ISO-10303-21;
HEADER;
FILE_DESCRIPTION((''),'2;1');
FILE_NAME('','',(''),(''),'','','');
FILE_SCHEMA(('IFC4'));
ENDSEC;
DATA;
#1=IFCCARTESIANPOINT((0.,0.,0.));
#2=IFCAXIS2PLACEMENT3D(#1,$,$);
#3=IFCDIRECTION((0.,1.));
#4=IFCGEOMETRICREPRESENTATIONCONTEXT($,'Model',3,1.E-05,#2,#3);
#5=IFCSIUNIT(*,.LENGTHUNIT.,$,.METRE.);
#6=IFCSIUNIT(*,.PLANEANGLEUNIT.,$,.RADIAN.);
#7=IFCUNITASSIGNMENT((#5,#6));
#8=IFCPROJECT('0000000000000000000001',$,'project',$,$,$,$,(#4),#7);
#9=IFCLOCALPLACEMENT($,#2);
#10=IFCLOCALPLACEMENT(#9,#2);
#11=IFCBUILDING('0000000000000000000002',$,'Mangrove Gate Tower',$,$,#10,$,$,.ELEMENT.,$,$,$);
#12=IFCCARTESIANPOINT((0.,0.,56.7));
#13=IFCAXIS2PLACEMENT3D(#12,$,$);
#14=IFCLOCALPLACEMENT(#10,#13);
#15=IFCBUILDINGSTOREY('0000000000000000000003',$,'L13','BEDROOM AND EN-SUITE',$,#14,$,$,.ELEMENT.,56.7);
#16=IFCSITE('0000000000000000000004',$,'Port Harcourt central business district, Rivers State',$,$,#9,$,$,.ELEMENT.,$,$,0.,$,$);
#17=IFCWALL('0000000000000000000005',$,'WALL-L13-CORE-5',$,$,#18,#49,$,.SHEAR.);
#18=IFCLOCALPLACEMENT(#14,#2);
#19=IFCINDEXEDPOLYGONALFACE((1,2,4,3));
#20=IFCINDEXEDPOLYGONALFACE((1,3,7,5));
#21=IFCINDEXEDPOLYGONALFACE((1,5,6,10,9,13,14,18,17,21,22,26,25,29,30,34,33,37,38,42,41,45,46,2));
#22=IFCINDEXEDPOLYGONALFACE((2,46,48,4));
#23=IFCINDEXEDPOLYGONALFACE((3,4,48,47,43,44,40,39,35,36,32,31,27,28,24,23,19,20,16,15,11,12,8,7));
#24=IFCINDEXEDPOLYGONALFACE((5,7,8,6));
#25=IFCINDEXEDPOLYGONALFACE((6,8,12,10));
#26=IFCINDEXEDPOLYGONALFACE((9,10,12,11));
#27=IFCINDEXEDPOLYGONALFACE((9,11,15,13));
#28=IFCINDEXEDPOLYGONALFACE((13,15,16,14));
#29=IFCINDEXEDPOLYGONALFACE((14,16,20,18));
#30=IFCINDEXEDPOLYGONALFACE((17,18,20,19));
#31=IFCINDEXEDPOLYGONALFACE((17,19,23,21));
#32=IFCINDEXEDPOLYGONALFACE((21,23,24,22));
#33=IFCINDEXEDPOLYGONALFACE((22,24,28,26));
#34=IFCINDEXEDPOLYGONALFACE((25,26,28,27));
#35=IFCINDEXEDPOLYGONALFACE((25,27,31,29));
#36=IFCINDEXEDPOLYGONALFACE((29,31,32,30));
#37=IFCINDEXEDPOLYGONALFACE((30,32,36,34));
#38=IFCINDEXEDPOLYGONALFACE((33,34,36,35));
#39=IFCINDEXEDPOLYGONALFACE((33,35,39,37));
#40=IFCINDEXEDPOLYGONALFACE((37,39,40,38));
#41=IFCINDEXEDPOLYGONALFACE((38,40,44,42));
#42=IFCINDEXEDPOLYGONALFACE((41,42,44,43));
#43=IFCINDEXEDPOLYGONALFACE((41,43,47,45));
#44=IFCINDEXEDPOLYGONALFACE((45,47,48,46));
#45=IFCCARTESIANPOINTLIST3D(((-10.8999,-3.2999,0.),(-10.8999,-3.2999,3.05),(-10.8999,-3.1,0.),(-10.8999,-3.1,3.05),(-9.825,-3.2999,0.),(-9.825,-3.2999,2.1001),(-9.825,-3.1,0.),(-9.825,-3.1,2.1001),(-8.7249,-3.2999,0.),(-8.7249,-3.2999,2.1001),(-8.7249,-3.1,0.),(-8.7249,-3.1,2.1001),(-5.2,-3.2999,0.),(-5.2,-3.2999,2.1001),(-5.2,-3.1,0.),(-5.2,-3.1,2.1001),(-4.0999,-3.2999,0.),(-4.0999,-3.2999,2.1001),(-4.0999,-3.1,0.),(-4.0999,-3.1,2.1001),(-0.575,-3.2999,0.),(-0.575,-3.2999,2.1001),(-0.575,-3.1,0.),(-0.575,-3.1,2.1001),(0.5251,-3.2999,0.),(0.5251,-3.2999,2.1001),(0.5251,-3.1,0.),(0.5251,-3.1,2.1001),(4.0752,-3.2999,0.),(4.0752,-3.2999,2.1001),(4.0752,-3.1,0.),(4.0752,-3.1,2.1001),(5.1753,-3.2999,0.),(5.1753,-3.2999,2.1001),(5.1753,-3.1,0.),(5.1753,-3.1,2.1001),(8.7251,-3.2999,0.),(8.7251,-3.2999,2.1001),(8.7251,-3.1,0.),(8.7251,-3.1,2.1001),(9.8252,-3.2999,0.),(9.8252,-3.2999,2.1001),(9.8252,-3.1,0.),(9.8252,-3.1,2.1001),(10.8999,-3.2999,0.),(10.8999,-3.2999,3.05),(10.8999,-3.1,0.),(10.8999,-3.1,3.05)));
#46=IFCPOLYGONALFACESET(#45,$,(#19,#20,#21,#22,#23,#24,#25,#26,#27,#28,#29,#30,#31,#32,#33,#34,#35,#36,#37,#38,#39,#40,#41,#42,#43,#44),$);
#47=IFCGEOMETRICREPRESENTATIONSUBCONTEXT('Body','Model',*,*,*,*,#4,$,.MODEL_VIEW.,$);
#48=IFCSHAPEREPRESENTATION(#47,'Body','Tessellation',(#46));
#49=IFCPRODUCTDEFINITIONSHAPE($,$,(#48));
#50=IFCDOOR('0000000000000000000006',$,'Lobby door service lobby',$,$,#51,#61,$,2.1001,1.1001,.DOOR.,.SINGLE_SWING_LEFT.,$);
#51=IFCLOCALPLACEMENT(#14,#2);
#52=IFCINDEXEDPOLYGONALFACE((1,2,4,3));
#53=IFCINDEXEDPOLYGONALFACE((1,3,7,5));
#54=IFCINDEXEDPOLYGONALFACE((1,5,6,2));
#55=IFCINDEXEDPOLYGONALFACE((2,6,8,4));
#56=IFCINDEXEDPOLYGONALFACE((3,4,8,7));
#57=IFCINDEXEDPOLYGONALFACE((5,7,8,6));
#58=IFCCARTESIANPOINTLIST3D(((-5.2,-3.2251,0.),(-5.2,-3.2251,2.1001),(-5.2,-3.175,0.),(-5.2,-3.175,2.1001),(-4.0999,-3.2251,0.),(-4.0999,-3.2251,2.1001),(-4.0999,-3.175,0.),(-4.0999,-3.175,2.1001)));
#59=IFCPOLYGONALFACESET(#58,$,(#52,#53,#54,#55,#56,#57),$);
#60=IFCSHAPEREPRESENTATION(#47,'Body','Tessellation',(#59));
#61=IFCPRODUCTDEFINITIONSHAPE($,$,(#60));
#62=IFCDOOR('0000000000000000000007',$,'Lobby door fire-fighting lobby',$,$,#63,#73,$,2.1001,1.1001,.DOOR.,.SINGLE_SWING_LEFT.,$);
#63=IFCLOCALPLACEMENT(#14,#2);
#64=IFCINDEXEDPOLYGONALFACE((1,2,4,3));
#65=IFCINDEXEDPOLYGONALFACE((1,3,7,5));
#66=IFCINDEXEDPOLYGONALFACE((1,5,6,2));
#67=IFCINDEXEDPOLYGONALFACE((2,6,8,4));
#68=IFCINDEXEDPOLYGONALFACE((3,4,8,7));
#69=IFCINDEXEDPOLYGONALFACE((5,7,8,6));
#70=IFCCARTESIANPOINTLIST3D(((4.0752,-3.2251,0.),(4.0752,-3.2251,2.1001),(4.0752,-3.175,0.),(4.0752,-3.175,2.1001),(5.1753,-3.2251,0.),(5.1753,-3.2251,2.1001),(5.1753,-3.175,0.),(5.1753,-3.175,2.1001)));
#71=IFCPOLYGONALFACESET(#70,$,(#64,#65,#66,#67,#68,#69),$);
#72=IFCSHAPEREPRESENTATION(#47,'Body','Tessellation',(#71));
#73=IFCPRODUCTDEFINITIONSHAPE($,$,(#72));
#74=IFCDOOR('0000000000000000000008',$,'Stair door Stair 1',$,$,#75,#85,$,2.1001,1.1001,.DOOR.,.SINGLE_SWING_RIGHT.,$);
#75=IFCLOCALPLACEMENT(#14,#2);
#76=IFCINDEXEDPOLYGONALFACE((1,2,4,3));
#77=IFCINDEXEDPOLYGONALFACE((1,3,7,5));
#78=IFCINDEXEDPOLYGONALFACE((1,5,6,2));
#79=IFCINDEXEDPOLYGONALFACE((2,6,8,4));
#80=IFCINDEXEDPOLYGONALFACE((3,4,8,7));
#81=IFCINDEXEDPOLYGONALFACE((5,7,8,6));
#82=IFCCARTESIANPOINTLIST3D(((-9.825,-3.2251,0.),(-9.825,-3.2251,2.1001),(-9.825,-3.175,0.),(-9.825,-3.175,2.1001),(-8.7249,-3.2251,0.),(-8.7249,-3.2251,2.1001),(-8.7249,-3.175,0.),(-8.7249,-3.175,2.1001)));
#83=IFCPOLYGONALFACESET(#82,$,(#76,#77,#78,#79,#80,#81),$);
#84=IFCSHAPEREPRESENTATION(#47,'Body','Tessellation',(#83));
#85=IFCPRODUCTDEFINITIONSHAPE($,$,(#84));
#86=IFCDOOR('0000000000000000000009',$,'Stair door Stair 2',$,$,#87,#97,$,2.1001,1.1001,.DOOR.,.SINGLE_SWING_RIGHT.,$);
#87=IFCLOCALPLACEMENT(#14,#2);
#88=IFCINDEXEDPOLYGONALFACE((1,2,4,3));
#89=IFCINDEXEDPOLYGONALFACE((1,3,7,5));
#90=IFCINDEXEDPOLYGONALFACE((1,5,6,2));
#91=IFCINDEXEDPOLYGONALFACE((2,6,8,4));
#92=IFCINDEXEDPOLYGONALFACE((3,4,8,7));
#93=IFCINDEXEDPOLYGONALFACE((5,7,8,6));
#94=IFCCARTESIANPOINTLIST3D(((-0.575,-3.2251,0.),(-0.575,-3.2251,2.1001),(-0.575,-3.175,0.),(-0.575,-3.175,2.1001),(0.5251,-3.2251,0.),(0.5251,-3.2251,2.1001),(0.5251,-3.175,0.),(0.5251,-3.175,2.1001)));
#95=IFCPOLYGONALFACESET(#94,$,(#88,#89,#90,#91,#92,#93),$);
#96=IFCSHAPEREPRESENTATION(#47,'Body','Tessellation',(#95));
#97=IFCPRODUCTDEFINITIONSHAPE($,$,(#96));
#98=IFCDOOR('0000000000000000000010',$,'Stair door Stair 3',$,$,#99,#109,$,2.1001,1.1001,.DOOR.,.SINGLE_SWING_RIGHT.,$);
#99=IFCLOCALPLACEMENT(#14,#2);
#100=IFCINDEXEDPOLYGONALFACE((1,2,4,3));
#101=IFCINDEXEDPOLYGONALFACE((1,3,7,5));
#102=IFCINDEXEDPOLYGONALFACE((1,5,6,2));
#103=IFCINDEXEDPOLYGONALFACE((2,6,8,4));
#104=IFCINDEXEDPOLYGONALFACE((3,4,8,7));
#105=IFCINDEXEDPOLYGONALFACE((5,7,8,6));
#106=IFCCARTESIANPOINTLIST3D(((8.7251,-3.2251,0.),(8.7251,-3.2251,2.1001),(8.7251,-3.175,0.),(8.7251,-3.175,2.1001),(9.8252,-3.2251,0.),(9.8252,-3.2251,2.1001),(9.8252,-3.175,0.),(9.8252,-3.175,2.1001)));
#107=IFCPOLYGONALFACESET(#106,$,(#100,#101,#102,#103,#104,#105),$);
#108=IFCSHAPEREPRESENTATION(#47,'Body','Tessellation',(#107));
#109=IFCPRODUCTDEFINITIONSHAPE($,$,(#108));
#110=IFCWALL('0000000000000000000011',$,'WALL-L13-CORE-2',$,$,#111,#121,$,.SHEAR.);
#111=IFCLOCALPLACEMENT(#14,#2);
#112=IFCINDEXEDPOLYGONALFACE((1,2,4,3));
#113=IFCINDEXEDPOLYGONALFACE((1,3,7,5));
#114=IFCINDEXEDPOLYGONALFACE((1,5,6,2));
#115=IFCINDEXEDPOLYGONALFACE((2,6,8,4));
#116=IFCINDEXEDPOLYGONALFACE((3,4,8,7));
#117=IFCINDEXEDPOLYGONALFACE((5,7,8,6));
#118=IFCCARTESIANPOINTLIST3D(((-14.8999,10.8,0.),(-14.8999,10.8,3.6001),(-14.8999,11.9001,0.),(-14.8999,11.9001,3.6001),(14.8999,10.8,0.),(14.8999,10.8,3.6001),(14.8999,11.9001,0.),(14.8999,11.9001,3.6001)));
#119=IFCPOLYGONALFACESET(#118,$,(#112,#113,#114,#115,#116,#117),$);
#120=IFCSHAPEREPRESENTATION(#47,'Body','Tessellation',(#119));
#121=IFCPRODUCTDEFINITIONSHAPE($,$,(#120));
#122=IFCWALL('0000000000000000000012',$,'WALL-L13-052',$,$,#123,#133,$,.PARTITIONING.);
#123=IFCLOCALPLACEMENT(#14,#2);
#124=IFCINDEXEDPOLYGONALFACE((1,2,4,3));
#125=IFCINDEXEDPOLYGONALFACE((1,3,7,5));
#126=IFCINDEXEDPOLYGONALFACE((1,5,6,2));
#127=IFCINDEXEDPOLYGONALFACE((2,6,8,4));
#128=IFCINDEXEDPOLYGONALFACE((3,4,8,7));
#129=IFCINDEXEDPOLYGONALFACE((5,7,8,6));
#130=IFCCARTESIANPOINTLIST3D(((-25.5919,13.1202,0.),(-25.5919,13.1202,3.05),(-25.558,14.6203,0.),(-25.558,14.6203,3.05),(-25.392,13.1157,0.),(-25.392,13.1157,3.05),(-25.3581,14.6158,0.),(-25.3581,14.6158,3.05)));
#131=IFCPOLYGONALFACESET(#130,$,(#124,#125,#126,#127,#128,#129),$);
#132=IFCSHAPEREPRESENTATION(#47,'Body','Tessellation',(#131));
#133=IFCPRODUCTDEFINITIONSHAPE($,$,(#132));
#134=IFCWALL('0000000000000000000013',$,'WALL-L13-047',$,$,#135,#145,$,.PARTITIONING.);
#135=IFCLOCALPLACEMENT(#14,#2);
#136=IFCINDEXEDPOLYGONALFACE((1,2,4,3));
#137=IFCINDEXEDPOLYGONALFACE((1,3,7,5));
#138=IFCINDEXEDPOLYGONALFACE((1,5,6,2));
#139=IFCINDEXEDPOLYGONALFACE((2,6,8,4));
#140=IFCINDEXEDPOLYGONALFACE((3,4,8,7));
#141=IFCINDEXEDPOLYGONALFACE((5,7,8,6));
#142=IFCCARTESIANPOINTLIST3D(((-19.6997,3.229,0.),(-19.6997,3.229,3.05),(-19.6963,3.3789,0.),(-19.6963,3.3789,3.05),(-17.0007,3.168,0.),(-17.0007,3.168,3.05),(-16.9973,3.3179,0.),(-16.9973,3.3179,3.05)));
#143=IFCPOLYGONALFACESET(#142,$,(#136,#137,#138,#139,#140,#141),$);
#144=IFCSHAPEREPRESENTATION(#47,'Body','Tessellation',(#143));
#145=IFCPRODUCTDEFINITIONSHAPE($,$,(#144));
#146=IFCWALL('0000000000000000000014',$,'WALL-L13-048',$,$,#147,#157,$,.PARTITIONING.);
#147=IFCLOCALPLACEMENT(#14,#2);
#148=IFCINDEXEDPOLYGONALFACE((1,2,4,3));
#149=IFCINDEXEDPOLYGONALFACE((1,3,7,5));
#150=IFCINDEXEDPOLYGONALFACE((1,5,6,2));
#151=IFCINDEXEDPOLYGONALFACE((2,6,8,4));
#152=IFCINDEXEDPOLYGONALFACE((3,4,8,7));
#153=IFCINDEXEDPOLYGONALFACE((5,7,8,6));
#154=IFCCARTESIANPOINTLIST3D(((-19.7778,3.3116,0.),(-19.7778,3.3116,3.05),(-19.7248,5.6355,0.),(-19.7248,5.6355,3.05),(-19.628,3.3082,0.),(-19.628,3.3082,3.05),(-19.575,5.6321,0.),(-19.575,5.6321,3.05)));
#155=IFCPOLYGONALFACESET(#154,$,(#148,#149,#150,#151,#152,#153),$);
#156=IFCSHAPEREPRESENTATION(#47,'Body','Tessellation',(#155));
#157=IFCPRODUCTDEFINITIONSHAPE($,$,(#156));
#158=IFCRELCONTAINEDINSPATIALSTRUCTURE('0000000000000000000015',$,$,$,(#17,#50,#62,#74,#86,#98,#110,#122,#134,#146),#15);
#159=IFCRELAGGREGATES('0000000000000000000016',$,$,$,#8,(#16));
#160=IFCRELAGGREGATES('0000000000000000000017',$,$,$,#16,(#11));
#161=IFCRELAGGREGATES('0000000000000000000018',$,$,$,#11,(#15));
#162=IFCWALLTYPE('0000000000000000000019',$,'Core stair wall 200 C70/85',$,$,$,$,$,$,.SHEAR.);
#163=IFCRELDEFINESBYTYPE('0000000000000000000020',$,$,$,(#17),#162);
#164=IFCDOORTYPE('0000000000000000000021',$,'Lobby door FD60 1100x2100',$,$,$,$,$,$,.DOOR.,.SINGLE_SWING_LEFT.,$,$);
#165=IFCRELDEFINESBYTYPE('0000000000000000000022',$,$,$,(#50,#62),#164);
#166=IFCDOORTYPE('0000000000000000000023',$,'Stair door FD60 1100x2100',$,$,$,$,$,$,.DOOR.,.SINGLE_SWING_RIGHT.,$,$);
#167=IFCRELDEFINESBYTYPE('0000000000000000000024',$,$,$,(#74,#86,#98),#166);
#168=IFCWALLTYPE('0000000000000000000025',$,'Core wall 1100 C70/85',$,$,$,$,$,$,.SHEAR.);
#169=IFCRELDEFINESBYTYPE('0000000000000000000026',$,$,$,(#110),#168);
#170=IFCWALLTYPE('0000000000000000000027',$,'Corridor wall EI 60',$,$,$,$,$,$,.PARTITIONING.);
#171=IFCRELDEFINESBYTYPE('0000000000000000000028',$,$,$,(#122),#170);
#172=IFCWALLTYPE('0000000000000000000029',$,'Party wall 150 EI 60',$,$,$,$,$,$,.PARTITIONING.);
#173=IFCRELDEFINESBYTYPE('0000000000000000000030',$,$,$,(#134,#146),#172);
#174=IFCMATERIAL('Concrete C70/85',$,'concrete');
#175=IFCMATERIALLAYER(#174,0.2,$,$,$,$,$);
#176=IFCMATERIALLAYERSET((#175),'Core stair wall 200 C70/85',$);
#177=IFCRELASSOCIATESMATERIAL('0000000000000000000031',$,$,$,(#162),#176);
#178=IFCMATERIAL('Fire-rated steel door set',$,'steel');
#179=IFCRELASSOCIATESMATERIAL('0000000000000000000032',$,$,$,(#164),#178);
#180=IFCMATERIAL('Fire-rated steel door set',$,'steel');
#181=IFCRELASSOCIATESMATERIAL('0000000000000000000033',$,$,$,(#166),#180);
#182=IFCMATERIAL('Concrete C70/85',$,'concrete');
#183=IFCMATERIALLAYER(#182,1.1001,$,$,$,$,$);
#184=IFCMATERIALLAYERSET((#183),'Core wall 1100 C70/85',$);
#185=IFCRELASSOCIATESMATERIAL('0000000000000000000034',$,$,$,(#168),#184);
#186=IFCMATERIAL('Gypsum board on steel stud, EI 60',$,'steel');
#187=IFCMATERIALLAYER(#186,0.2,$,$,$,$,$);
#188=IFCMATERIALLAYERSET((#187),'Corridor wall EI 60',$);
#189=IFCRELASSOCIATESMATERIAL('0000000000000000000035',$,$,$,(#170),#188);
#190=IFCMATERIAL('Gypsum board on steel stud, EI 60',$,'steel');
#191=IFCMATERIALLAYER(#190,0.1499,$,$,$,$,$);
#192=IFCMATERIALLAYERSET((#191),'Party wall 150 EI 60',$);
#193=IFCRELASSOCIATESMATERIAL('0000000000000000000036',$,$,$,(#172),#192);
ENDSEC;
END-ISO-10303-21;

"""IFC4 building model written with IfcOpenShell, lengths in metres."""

from ifc_helpers import new_model, si_unit, direction, frame, frame_2d, origin, place, context, subcontext, project, spatial, rectangle, extrude, material, layer, layer_set, type_object, element, fill, save


model = new_model("IFC4")

# Units and contexts
model_context = context("Model", 3, precision=1e-05, world=origin(), true_north=direction((0.0, 1.0)))
body_context = subcontext(model_context, "Body", "Model", "MODEL_VIEW")
ifc_project = project(units=[si_unit("LENGTHUNIT", "METRE"), si_unit("PLANEANGLEUNIT", "RADIAN")], contexts=[model_context])

# Site, building, storey
site_placement = place(None, origin())
site = spatial("IfcSite", under=ifc_project, at=site_placement, Name="Port Harcourt central business district, Rivers State", CompositionType="ELEMENT", RefElevation=0.0)
building_placement = place(site_placement, origin())
building = spatial("IfcBuilding", under=site, at=building_placement, Name="Mangrove Gate Tower", CompositionType="ELEMENT")
storey_placement = place(building_placement, frame((0.0, 0.0, 56.7)))
storey = spatial("IfcBuildingStorey", under=building, at=storey_placement, Name="L13", Description="BEDROOM AND EN-SUITE", CompositionType="ELEMENT", Elevation=56.7)

# Wall, openings, doors
ifc_material_1 = material(Name="Concrete C70/85", Category="concrete")
ifc_layer_1 = layer(ifc_material_1, 0.2)
ifc_layer_set_1 = layer_set([ifc_layer_1], Name="Core stair wall 200 C70/85")
wall_type_1 = type_object("IfcWallType", Name="Core stair wall 200 C70/85", PredefinedType="SHEAR", material=ifc_layer_set_1)
wall_1_placement = place(storey_placement, frame((-10.8999, -3.2, 0.0), z_axis=(0.0, 0.0, 1.0), x_axis=(1.0, 0.0, 0.0)))
wall_1 = element("IfcWall", 1, at=wall_1_placement, inside=storey, type_object=wall_type_1, Name="WALL-L13-CORE-5", PredefinedType="SHEAR", context=body_context, shape_type="SweptSolid", body=[
    extrude(rectangle(XDim=21.7998, YDim=0.2, at=frame_2d((10.8999, 0.0))), origin(), (0.0, 0.0, 1.0), 3.05),
])
opening_1_placement = place(wall_1_placement, frame((1.075, 0.0, 0.0)))
opening_1 = element("IfcOpeningElement", 2, at=opening_1_placement, cuts=wall_1, PredefinedType="OPENING", context=body_context, shape_type="SweptSolid", body=[
    extrude(rectangle(XDim=1.1001, YDim=2.1001, at=frame_2d((0.55, 1.05))), frame((0.0, 0.1099, 0.0), z_axis=(0.0, -1.0, 0.0), x_axis=(1.0, 0.0, 0.0)), (0.0, 0.0, 1.0), 0.22),
])
opening_2_placement = place(wall_1_placement, frame((10.325, 0.0, 0.0)))
opening_2 = element("IfcOpeningElement", 3, at=opening_2_placement, cuts=wall_1, PredefinedType="OPENING", context=body_context, shape_type="SweptSolid", body=[
    extrude(rectangle(XDim=1.1001, YDim=2.1001, at=frame_2d((0.55, 1.05))), frame((0.0, 0.1099, 0.0), z_axis=(0.0, -1.0, 0.0), x_axis=(1.0, 0.0, 0.0)), (0.0, 0.0, 1.0), 0.22),
])
opening_3_placement = place(wall_1_placement, frame((19.625, 0.0, 0.0)))
opening_3 = element("IfcOpeningElement", 4, at=opening_3_placement, cuts=wall_1, PredefinedType="OPENING", context=body_context, shape_type="SweptSolid", body=[
    extrude(rectangle(XDim=1.1001, YDim=2.1001, at=frame_2d((0.55, 1.05))), frame((0.0, 0.1099, 0.0), z_axis=(0.0, -1.0, 0.0), x_axis=(1.0, 0.0, 0.0)), (0.0, 0.0, 1.0), 0.22),
])
opening_4_placement = place(wall_1_placement, frame((5.7, 0.0, 0.0)))
opening_4 = element("IfcOpeningElement", 5, at=opening_4_placement, cuts=wall_1, PredefinedType="OPENING", context=body_context, shape_type="SweptSolid", body=[
    extrude(rectangle(XDim=1.1001, YDim=2.1001, at=frame_2d((0.55, 1.05))), frame((0.0, 0.1099, 0.0), z_axis=(0.0, -1.0, 0.0), x_axis=(1.0, 0.0, 0.0)), (0.0, 0.0, 1.0), 0.22),
])
opening_5_placement = place(wall_1_placement, frame((14.9751, 0.0, 0.0)))
opening_5 = element("IfcOpeningElement", 6, at=opening_5_placement, cuts=wall_1, PredefinedType="OPENING", context=body_context, shape_type="SweptSolid", body=[
    extrude(rectangle(XDim=1.1001, YDim=2.1001, at=frame_2d((0.55, 1.05))), frame((0.0, 0.1099, 0.0), z_axis=(0.0, -1.0, 0.0), x_axis=(1.0, 0.0, 0.0)), (0.0, 0.0, 1.0), 0.22),
])
ifc_material_2 = material(Name="Fire-rated steel door set", Category="steel")
door_type_1 = type_object("IfcDoorType", Name="Lobby door FD60 1100x2100", OperationType="SINGLE_SWING_LEFT", PredefinedType="DOOR", material=ifc_material_2)
door_1_placement = place(opening_4_placement, origin())
door_1 = element("IfcDoor", 7, at=door_1_placement, inside=storey, type_object=door_type_1, Name="Lobby door service lobby", OperationType="SINGLE_SWING_LEFT", OverallHeight=2.1001, OverallWidth=1.1001, PredefinedType="DOOR", context=body_context, shape_type="SweptSolid", body=[
    extrude(rectangle(XDim=1.1001, YDim=2.1001, at=frame_2d((0.55, 1.05))), frame((0.0, 0.0249, 0.0), z_axis=(0.0, -1.0, 0.0), x_axis=(1.0, 0.0, 0.0)), (0.0, 0.0, 1.0), 0.05),
])
fill(opening_4, door_1)
door_2_placement = place(opening_5_placement, origin())
door_2 = element("IfcDoor", 8, at=door_2_placement, inside=storey, type_object=door_type_1, Name="Lobby door fire-fighting lobby", OperationType="SINGLE_SWING_LEFT", OverallHeight=2.1001, OverallWidth=1.1001, PredefinedType="DOOR", context=body_context, shape_type="SweptSolid", body=[
    extrude(rectangle(XDim=1.1001, YDim=2.1001, at=frame_2d((0.55, 1.05))), frame((0.0, 0.0249, 0.0), z_axis=(0.0, -1.0, 0.0), x_axis=(1.0, 0.0, 0.0)), (0.0, 0.0, 1.0), 0.05),
])
fill(opening_5, door_2)
ifc_material_3 = material(Name="Fire-rated steel door set", Category="steel")
door_type_2 = type_object("IfcDoorType", Name="Stair door FD60 1100x2100", OperationType="SINGLE_SWING_RIGHT", PredefinedType="DOOR", material=ifc_material_3)
door_3_placement = place(opening_1_placement, origin())
door_3 = element("IfcDoor", 9, at=door_3_placement, inside=storey, type_object=door_type_2, Name="Stair door Stair 1", OperationType="SINGLE_SWING_RIGHT", OverallHeight=2.1001, OverallWidth=1.1001, PredefinedType="DOOR", context=body_context, shape_type="SweptSolid", body=[
    extrude(rectangle(XDim=1.1001, YDim=2.1001, at=frame_2d((0.55, 1.05))), frame((0.0, 0.0249, 0.0), z_axis=(0.0, -1.0, 0.0), x_axis=(1.0, 0.0, 0.0)), (0.0, 0.0, 1.0), 0.05),
])
fill(opening_1, door_3)
door_4_placement = place(opening_2_placement, origin())
door_4 = element("IfcDoor", 10, at=door_4_placement, inside=storey, type_object=door_type_2, Name="Stair door Stair 2", OperationType="SINGLE_SWING_RIGHT", OverallHeight=2.1001, OverallWidth=1.1001, PredefinedType="DOOR", context=body_context, shape_type="SweptSolid", body=[
    extrude(rectangle(XDim=1.1001, YDim=2.1001, at=frame_2d((0.55, 1.05))), frame((0.0, 0.0249, 0.0), z_axis=(0.0, -1.0, 0.0), x_axis=(1.0, 0.0, 0.0)), (0.0, 0.0, 1.0), 0.05),
])
fill(opening_2, door_4)
door_5_placement = place(opening_3_placement, origin())
door_5 = element("IfcDoor", 11, at=door_5_placement, inside=storey, type_object=door_type_2, Name="Stair door Stair 3", OperationType="SINGLE_SWING_RIGHT", OverallHeight=2.1001, OverallWidth=1.1001, PredefinedType="DOOR", context=body_context, shape_type="SweptSolid", body=[
    extrude(rectangle(XDim=1.1001, YDim=2.1001, at=frame_2d((0.55, 1.05))), frame((0.0, 0.0249, 0.0), z_axis=(0.0, -1.0, 0.0), x_axis=(1.0, 0.0, 0.0)), (0.0, 0.0, 1.0), 0.05),
])
fill(opening_3, door_5)

# Walls
ifc_material_4 = material(Name="Concrete C70/85", Category="concrete")
ifc_layer_2 = layer(ifc_material_4, 1.1001)
ifc_layer_set_2 = layer_set([ifc_layer_2], Name="Core wall 1100 C70/85")
wall_type_2 = type_object("IfcWallType", Name="Core wall 1100 C70/85", PredefinedType="SHEAR", material=ifc_layer_set_2)
wall_2_placement = place(storey_placement, frame((-14.8999, 11.3501, 0.0), z_axis=(0.0, 0.0, 1.0), x_axis=(1.0, 0.0, 0.0)))
element("IfcWall", 12, at=wall_2_placement, inside=storey, type_object=wall_type_2, Name="WALL-L13-CORE-2", PredefinedType="SHEAR", context=body_context, shape_type="SweptSolid", body=[
    extrude(rectangle(XDim=29.7998, YDim=1.1001, at=frame_2d((14.8999, 0.0))), origin(), (0.0, 0.0, 1.0), 3.6001),
])
ifc_material_5 = material(Name="Gypsum board on steel stud, EI 60", Category="steel")
ifc_layer_3 = layer(ifc_material_5, 0.2)
ifc_layer_set_3 = layer_set([ifc_layer_3], Name="Corridor wall EI 60")
wall_type_3 = type_object("IfcWallType", Name="Corridor wall EI 60", PredefinedType="PARTITIONING", material=ifc_layer_set_3)
wall_3_placement = place(storey_placement, frame((-25.4919, 13.1179, 0.0), z_axis=(0.0, 0.0, 1.0), x_axis=(0.022618, 0.999744, 0.0)))
element("IfcWall", 13, at=wall_3_placement, inside=storey, type_object=wall_type_3, Name="WALL-L13-052", PredefinedType="PARTITIONING", context=body_context, shape_type="SweptSolid", body=[
    extrude(rectangle(XDim=1.5005, YDim=0.2, at=frame_2d((0.7502, 0.0))), origin(), (0.0, 0.0, 1.0), 3.05),
])
ifc_material_6 = material(Name="Gypsum board on steel stud, EI 60", Category="steel")
ifc_layer_4 = layer(ifc_material_6, 0.1499)
ifc_layer_set_4 = layer_set([ifc_layer_4], Name="Party wall 150 EI 60")
wall_type_4 = type_object("IfcWallType", Name="Party wall 150 EI 60", PredefinedType="PARTITIONING", material=ifc_layer_set_4)
wall_4_placement = place(storey_placement, frame((-19.698, 3.304, 0.0), z_axis=(0.0, 0.0, 1.0), x_axis=(0.999744, -0.022608, 0.0)))
element("IfcWall", 14, at=wall_4_placement, inside=storey, type_object=wall_type_4, Name="WALL-L13-047", PredefinedType="PARTITIONING", context=body_context, shape_type="SweptSolid", body=[
    extrude(rectangle(XDim=2.6997, YDim=0.1499, at=frame_2d((1.3499, 0.0))), origin(), (0.0, 0.0, 1.0), 3.05),
])
wall_5_placement = place(storey_placement, frame((-19.7029, 3.3101, 0.0), z_axis=(0.0, 0.0, 1.0), x_axis=(0.022791, 0.99974, 0.0)))
element("IfcWall", 15, at=wall_5_placement, inside=storey, type_object=wall_type_4, Name="WALL-L13-048", PredefinedType="PARTITIONING", context=body_context, shape_type="SweptSolid", body=[
    extrude(rectangle(XDim=2.3245, YDim=0.1499, at=frame_2d((1.1621, 0.0))), origin(), (0.0, 0.0, 1.0), 3.05),
])

save(model, "model.ifc")
